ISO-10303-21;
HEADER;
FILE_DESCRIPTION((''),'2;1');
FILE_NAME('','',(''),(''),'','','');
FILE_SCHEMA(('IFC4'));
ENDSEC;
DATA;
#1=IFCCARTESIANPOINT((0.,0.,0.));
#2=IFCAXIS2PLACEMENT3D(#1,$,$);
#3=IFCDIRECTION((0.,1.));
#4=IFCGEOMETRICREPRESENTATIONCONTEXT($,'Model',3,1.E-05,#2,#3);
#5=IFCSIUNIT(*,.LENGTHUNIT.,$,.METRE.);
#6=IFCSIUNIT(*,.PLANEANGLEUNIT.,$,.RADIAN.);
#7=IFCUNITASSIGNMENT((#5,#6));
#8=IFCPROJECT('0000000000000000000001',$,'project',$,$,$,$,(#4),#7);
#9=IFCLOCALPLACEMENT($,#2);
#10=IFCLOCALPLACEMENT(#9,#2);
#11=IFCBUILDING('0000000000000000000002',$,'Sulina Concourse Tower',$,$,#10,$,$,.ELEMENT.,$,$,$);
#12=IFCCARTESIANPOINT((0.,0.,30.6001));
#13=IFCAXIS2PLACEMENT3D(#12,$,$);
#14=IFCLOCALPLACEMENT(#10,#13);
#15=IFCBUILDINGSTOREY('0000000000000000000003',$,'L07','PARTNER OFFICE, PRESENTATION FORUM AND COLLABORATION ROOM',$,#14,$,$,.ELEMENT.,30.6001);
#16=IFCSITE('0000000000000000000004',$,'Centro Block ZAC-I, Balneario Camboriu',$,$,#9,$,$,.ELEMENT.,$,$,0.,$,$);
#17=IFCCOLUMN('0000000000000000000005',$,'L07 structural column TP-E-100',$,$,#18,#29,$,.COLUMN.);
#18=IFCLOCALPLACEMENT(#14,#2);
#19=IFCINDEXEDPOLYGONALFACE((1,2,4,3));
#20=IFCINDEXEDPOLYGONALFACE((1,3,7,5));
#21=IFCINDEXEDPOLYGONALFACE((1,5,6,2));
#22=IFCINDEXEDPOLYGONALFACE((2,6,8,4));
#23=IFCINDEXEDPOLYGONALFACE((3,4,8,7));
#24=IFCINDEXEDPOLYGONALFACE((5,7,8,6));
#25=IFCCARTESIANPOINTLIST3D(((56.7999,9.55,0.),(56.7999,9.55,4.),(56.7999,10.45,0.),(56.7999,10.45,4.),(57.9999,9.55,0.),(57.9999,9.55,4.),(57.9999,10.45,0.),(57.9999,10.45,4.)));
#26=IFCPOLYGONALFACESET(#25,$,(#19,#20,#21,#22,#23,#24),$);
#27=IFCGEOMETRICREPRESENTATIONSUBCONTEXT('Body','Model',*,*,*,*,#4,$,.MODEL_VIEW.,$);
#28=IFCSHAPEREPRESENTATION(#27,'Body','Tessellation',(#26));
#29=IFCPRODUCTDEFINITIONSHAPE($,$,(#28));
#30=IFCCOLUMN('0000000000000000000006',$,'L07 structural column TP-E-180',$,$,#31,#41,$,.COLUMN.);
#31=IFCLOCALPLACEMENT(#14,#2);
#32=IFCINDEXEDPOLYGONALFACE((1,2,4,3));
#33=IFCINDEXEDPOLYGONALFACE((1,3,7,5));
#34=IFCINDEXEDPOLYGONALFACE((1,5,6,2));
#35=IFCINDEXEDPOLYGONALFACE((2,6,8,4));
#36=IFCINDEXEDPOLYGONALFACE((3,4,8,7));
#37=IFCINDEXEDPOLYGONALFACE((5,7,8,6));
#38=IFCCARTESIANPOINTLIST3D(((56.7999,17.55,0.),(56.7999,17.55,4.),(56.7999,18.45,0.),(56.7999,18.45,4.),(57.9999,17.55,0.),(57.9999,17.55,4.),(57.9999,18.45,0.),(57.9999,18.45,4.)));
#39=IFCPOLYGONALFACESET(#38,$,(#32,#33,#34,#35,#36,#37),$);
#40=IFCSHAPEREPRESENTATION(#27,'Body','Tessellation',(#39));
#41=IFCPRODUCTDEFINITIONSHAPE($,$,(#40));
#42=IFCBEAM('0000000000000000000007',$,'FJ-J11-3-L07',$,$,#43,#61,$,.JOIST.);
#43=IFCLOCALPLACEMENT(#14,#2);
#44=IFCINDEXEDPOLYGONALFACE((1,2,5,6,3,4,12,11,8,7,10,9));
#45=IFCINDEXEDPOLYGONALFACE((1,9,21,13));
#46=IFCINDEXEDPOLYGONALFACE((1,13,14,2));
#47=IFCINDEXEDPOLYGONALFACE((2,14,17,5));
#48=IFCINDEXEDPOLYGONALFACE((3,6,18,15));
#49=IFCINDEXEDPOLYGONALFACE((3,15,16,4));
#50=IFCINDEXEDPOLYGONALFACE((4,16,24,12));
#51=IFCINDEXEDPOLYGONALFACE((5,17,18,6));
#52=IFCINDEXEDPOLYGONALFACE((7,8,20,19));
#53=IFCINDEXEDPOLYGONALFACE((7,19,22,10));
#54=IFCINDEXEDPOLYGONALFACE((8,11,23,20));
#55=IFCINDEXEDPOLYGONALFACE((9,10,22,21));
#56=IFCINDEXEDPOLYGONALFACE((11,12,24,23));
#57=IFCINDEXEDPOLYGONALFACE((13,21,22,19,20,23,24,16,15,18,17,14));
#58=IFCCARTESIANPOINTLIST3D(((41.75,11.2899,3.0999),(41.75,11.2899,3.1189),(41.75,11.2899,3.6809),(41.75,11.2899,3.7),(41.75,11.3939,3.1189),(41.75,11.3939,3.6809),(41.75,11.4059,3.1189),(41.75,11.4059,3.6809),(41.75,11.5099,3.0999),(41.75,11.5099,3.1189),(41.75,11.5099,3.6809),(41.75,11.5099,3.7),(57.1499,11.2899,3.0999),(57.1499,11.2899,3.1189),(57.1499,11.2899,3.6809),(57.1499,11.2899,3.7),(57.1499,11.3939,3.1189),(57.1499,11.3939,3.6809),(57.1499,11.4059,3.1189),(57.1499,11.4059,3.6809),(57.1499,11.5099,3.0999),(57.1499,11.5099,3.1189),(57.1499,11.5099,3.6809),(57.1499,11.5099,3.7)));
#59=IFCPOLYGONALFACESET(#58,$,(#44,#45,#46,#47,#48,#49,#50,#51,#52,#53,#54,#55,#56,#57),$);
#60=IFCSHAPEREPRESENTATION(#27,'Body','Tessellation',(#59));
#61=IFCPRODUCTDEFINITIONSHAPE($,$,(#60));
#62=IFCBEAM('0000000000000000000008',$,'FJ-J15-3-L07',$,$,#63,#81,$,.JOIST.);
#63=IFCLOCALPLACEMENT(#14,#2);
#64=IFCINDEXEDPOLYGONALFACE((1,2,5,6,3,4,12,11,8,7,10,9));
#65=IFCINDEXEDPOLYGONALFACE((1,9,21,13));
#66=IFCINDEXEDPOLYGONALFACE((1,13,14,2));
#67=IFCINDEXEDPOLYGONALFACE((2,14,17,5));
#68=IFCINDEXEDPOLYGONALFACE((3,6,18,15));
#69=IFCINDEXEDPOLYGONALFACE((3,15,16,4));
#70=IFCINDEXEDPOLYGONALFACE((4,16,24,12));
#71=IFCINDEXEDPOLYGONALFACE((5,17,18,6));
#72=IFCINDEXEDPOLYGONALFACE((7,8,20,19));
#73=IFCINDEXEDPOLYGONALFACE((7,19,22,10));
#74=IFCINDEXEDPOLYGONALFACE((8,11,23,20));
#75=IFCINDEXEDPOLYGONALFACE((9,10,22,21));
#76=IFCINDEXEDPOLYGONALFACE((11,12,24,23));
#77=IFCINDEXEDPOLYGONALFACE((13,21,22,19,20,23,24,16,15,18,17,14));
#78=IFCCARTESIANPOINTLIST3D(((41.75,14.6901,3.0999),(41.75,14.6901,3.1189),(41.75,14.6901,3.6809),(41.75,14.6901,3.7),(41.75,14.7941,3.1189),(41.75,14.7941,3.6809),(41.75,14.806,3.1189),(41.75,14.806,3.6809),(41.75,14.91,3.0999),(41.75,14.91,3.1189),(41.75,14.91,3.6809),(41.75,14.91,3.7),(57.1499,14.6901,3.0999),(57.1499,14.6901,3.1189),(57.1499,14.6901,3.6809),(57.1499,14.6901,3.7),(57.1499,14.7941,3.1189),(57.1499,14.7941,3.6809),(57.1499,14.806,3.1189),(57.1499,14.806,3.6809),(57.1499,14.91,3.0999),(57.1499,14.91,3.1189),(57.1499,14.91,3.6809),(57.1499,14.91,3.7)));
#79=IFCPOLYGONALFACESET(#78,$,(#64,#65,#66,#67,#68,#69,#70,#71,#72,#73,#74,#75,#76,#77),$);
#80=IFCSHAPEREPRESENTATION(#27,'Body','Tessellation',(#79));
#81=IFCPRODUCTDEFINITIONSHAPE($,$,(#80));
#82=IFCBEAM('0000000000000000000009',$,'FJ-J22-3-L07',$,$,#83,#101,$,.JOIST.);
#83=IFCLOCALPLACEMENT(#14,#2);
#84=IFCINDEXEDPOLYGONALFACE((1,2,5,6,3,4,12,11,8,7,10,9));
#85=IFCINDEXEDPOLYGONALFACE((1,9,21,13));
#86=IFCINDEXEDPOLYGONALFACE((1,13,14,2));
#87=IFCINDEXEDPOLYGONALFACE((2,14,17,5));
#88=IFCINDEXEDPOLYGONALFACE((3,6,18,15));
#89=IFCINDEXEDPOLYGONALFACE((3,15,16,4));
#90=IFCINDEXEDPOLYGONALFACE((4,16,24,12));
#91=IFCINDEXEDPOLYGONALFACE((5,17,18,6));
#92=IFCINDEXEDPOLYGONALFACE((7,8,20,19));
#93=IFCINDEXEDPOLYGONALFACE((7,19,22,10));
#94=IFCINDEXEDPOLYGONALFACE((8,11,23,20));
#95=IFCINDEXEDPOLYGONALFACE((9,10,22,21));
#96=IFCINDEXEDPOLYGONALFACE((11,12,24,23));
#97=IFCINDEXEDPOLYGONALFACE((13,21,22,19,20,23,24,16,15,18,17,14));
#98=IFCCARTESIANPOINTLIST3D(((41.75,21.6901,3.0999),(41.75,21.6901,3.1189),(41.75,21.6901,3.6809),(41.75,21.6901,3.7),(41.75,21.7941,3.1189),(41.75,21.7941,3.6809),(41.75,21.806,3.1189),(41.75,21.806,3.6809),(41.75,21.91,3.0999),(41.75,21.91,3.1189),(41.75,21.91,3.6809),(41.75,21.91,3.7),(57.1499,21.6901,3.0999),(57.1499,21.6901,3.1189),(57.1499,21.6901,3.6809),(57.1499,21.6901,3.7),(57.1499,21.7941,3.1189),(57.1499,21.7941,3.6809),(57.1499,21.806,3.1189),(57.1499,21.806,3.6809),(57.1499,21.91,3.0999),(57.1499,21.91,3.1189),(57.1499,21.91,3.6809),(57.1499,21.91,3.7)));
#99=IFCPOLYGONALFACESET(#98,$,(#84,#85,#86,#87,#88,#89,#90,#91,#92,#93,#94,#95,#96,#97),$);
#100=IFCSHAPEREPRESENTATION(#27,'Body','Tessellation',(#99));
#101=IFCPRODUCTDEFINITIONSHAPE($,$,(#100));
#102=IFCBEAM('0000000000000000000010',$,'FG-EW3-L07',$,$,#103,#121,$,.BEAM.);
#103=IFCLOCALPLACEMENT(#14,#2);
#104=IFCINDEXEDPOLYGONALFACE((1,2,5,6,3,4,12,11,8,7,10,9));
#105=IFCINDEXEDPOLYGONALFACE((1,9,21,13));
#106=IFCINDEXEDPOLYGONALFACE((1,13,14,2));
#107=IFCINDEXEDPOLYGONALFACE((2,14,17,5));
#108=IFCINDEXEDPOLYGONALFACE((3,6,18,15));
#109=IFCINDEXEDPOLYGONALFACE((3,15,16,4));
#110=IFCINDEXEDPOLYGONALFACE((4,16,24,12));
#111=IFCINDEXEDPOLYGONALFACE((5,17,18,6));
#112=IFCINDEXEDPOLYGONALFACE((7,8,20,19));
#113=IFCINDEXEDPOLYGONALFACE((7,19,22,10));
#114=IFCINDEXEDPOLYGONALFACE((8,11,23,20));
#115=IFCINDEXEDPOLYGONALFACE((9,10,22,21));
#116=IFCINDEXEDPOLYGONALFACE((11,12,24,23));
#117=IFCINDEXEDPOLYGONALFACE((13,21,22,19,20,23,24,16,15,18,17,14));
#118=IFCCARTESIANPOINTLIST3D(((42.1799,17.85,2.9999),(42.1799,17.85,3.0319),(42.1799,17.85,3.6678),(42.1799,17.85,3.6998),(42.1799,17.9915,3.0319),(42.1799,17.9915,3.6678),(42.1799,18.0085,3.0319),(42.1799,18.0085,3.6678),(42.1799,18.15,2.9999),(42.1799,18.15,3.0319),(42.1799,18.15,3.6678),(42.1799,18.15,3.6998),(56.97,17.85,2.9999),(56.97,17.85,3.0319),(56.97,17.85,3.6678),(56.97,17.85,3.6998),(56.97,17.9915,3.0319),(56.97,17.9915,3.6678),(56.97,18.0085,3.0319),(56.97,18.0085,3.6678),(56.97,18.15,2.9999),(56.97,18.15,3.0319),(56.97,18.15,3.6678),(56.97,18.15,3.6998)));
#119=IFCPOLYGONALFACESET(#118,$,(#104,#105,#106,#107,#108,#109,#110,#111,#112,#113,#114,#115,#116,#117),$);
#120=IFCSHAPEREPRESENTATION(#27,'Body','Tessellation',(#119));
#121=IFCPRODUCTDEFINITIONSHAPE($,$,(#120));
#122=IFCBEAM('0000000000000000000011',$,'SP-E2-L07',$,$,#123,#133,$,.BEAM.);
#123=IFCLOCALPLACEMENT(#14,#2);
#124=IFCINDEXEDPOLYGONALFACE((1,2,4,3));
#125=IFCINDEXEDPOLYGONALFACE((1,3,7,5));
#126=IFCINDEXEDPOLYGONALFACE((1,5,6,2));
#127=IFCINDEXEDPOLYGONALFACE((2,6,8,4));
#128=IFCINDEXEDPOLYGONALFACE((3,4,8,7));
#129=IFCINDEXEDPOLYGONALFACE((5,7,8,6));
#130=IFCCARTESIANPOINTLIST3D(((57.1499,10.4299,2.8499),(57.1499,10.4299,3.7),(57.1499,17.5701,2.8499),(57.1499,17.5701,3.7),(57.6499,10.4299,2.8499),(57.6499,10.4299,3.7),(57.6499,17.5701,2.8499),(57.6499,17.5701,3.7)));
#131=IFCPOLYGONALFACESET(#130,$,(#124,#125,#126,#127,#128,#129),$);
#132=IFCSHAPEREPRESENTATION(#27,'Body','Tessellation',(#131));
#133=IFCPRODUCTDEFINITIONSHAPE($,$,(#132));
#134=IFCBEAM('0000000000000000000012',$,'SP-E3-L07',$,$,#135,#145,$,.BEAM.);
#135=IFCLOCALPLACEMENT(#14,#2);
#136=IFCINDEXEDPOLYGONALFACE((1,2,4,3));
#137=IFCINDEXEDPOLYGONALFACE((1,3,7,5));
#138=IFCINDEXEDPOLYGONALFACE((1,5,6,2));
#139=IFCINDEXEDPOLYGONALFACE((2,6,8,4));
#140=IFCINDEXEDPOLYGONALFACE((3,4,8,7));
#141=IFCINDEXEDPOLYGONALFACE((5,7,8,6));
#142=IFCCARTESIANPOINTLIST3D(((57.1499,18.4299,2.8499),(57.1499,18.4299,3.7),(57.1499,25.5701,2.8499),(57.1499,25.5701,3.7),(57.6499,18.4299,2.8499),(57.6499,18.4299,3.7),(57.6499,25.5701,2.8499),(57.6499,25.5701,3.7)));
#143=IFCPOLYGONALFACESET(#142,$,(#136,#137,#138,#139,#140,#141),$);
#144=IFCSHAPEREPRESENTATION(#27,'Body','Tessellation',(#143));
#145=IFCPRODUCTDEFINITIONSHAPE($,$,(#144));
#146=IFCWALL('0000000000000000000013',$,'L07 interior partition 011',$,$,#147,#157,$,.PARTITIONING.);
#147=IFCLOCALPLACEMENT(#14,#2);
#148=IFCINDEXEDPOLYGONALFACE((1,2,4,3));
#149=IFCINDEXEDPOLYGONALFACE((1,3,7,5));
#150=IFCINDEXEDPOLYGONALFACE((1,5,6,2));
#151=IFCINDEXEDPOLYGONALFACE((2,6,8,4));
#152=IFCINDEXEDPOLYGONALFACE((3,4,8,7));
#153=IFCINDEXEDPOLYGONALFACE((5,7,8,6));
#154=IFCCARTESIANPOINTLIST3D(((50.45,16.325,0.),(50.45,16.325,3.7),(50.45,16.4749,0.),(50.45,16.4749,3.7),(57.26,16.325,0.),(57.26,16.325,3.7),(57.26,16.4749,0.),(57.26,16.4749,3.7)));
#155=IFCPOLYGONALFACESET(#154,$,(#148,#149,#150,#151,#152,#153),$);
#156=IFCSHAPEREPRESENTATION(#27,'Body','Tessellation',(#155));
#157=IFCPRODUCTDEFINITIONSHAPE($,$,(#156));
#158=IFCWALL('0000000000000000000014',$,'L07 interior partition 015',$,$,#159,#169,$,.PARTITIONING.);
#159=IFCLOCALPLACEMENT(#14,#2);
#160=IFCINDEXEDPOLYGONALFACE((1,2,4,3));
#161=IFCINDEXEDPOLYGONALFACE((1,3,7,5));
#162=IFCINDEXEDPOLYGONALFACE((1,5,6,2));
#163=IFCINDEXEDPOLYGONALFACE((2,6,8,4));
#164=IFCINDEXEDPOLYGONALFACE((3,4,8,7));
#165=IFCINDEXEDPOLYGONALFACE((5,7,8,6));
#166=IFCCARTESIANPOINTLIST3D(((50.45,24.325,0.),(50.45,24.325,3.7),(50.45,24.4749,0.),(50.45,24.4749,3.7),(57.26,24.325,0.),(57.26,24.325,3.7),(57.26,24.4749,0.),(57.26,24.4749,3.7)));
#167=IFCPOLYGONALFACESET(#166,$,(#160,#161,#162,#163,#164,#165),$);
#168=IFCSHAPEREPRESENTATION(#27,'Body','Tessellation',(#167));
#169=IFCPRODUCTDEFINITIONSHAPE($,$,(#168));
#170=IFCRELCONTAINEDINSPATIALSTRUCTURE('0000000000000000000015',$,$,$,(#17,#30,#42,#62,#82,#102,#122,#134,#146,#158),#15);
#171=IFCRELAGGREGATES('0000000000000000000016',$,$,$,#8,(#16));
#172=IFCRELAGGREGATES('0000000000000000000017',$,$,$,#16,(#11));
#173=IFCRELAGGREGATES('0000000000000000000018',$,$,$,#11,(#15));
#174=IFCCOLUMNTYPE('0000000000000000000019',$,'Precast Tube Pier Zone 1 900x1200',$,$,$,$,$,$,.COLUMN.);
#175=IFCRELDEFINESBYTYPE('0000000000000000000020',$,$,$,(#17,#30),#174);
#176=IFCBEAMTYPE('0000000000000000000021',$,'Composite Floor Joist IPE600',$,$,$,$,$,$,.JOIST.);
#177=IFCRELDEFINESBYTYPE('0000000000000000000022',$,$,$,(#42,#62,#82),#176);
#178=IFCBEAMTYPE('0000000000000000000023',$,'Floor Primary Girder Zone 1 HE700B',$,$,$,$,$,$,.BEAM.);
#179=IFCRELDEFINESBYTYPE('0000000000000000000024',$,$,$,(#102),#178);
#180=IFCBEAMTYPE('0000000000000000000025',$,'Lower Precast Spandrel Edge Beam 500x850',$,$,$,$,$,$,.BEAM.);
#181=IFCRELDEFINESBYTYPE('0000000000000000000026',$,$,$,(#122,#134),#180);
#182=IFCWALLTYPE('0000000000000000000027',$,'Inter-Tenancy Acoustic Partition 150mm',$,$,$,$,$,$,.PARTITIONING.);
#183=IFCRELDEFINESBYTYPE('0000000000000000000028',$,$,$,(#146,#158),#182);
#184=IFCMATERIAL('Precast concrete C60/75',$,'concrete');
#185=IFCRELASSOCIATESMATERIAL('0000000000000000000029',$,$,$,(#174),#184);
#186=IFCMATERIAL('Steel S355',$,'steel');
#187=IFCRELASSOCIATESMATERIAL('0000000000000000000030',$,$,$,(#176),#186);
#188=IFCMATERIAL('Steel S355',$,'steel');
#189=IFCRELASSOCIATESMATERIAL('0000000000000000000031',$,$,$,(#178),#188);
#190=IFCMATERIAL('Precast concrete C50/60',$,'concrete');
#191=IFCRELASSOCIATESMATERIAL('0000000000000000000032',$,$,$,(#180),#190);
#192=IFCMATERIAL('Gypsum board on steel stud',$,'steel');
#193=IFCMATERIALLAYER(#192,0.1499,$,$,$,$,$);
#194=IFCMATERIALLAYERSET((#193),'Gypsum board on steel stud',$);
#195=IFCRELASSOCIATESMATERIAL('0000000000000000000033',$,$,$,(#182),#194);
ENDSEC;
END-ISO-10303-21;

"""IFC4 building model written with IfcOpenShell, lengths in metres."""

from ifc_helpers import new_model, si_unit, direction, frame, frame_2d, origin, origin_2d, place, context, subcontext, project, spatial, rectangle, i_section, extrude, material, layer, layer_set, material_profile, profile_set, type_object, element, save


model = new_model("IFC4")

# Units and contexts
model_context = context("Model", 3, precision=1e-05, world=origin(), true_north=direction((0.0, 1.0)))
body_context = subcontext(model_context, "Body", "Model", "MODEL_VIEW")
ifc_project = project(units=[si_unit("LENGTHUNIT", "METRE"), si_unit("PLANEANGLEUNIT", "RADIAN")], contexts=[model_context])

# Site, building, storey
site_placement = place(None, origin())
site = spatial("IfcSite", under=ifc_project, at=site_placement, Name="Centro Block ZAC-I, Balneario Camboriu", CompositionType="ELEMENT", RefElevation=0.0)
building_placement = place(site_placement, origin())
building = spatial("IfcBuilding", under=site, at=building_placement, Name="Sulina Concourse Tower", CompositionType="ELEMENT")
storey_placement = place(building_placement, frame((0.0, 0.0, 30.6001)))
storey = spatial("IfcBuildingStorey", under=building, at=storey_placement, Name="L07", Description="PARTNER OFFICE, PRESENTATION FORUM AND COLLABORATION ROOM", CompositionType="ELEMENT", Elevation=30.6001)

# Columns
ifc_material_1 = material(Name="Precast concrete C60/75", Category="concrete")
ifc_material_profile_1 = material_profile(ifc_material_1, rectangle(XDim=0.8999, YDim=1.2, at=origin_2d()), Name="PC 900x1200")
ifc_profile_set_1 = profile_set([ifc_material_profile_1], Name="Precast concrete C60/75")
column_type = type_object("IfcColumnType", Name="Precast Tube Pier Zone 1 900x1200", PredefinedType="COLUMN", material=ifc_profile_set_1)
for number, where, z_axis, x_axis, name in (
    (1, (57.3999, 10.0, 0.0), (0.0, 0.0, 1.0), (0.0, 1.0, 0.0), "L07 structural column TP-E-100"),
    (2, (57.3999, 18.0, 0.0), (0.0, 0.0, 1.0), (0.0, 1.0, 0.0), "L07 structural column TP-E-180"),
):
    element("IfcColumn", number, at=place(storey_placement, frame(where, z_axis=z_axis, x_axis=x_axis)), inside=storey, type_object=column_type, Name=name, PredefinedType="COLUMN", context=body_context, shape_type="SweptSolid", body=[
        extrude(rectangle(XDim=0.8999, YDim=1.2, at=origin_2d()), origin(), (0.0, 0.0, 1.0), 4.0),
    ])

# Beams
ifc_material_2 = material(Name="Steel S355", Category="steel")
ifc_material_profile_2 = material_profile(ifc_material_2, i_section(OverallWidth=0.22, OverallDepth=0.6001, WebThickness=0.012, FlangeThickness=0.019, at=origin_2d()), Name="IPE 600")
ifc_profile_set_2 = profile_set([ifc_material_profile_2], Name="Steel S355")
beam_type_1 = type_object("IfcBeamType", Name="Composite Floor Joist IPE600", PredefinedType="JOIST", material=ifc_profile_set_2)
for number, where, z_axis, x_axis, name in (
    (3, (41.75, 11.3999, 3.3999), (1.0, 0.0, 0.0), (0.0, 1.0, 0.0), "FJ-J11-3-L07"),
    (4, (41.75, 14.8, 3.3999), (1.0, 0.0, 0.0), (0.0, 1.0, 0.0), "FJ-J15-3-L07"),
    (5, (41.75, 21.8, 3.3999), (1.0, 0.0, 0.0), (0.0, 1.0, 0.0), "FJ-J22-3-L07"),
):
    element("IfcBeam", number, at=place(storey_placement, frame(where, z_axis=z_axis, x_axis=x_axis)), inside=storey, type_object=beam_type_1, Name=name, PredefinedType="JOIST", context=body_context, shape_type="SweptSolid", body=[
        extrude(i_section(OverallWidth=0.22, OverallDepth=0.6001, WebThickness=0.012, FlangeThickness=0.019, at=origin_2d()), origin(), (0.0, 0.0, 1.0), 15.3999),
    ])
ifc_material_3 = material(Name="Steel S355", Category="steel")
ifc_material_profile_3 = material_profile(ifc_material_3, i_section(OverallWidth=0.3, OverallDepth=0.7, WebThickness=0.0171, FlangeThickness=0.032, at=origin_2d()), Name="HE 700 B")
ifc_profile_set_3 = profile_set([ifc_material_profile_3], Name="Steel S355")
beam_type_2 = type_object("IfcBeamType", Name="Floor Primary Girder Zone 1 HE700B", PredefinedType="BEAM", material=ifc_profile_set_3)
beam_placement = place(storey_placement, frame((42.1799, 18.0, 3.3499), z_axis=(1.0, 0.0, 0.0), x_axis=(0.0, 1.0, 0.0)))
element("IfcBeam", 6, at=beam_placement, inside=storey, type_object=beam_type_2, Name="FG-EW3-L07", PredefinedType="BEAM", context=body_context, shape_type="SweptSolid", body=[
    extrude(i_section(OverallWidth=0.3, OverallDepth=0.7, WebThickness=0.0171, FlangeThickness=0.032, at=origin_2d()), origin(), (0.0, 0.0, 1.0), 14.79),
])
ifc_material_4 = material(Name="Precast concrete C50/60", Category="concrete")
ifc_material_profile_4 = material_profile(ifc_material_4, rectangle(XDim=0.5, YDim=0.8501, at=origin_2d()), Name="RC 500x850")
ifc_profile_set_4 = profile_set([ifc_material_profile_4], Name="Precast concrete C50/60")
beam_type_3 = type_object("IfcBeamType", Name="Lower Precast Spandrel Edge Beam 500x850", PredefinedType="BEAM", material=ifc_profile_set_4)
for number, where, z_axis, x_axis, name in (
    (7, (57.3999, 10.4299, 3.2749), (0.0, 1.0, 0.0), (-1.0, 0.0, 0.0), "SP-E2-L07"),
    (8, (57.3999, 18.4299, 3.2749), (0.0, 1.0, 0.0), (-1.0, 0.0, 0.0), "SP-E3-L07"),
):
    element("IfcBeam", number, at=place(storey_placement, frame(where, z_axis=z_axis, x_axis=x_axis)), inside=storey, type_object=beam_type_3, Name=name, PredefinedType="BEAM", context=body_context, shape_type="SweptSolid", body=[
        extrude(rectangle(XDim=0.5, YDim=0.8501, at=origin_2d()), origin(), (0.0, 0.0, 1.0), 7.1401),
    ])

# Walls
ifc_material_5 = material(Name="Gypsum board on steel stud", Category="steel")
ifc_layer_1 = layer(ifc_material_5, 0.1499)
ifc_layer_set_1 = layer_set([ifc_layer_1], Name="Gypsum board on steel stud")
wall_type_1 = type_object("IfcWallType", Name="Inter-Tenancy Acoustic Partition 150mm", PredefinedType="PARTITIONING", material=ifc_layer_set_1)
for number, where, z_axis, x_axis, name in (
    (9, (50.45, 16.3999, 0.0), (0.0, 0.0, 1.0), (1.0, 0.0, 0.0), "L07 interior partition 011"),
    (10, (50.45, 24.3999, 0.0), (0.0, 0.0, 1.0), (1.0, 0.0, 0.0), "L07 interior partition 015"),
):
    element("IfcWall", number, at=place(storey_placement, frame(where, z_axis=z_axis, x_axis=x_axis)), inside=storey, type_object=wall_type_1, Name=name, PredefinedType="PARTITIONING", context=body_context, shape_type="SweptSolid", body=[
        extrude(rectangle(XDim=6.8101, YDim=0.1499, at=frame_2d((3.405, 0.0))), origin(), (0.0, 0.0, 1.0), 3.7),
    ])

save(model, "model.ifc")
